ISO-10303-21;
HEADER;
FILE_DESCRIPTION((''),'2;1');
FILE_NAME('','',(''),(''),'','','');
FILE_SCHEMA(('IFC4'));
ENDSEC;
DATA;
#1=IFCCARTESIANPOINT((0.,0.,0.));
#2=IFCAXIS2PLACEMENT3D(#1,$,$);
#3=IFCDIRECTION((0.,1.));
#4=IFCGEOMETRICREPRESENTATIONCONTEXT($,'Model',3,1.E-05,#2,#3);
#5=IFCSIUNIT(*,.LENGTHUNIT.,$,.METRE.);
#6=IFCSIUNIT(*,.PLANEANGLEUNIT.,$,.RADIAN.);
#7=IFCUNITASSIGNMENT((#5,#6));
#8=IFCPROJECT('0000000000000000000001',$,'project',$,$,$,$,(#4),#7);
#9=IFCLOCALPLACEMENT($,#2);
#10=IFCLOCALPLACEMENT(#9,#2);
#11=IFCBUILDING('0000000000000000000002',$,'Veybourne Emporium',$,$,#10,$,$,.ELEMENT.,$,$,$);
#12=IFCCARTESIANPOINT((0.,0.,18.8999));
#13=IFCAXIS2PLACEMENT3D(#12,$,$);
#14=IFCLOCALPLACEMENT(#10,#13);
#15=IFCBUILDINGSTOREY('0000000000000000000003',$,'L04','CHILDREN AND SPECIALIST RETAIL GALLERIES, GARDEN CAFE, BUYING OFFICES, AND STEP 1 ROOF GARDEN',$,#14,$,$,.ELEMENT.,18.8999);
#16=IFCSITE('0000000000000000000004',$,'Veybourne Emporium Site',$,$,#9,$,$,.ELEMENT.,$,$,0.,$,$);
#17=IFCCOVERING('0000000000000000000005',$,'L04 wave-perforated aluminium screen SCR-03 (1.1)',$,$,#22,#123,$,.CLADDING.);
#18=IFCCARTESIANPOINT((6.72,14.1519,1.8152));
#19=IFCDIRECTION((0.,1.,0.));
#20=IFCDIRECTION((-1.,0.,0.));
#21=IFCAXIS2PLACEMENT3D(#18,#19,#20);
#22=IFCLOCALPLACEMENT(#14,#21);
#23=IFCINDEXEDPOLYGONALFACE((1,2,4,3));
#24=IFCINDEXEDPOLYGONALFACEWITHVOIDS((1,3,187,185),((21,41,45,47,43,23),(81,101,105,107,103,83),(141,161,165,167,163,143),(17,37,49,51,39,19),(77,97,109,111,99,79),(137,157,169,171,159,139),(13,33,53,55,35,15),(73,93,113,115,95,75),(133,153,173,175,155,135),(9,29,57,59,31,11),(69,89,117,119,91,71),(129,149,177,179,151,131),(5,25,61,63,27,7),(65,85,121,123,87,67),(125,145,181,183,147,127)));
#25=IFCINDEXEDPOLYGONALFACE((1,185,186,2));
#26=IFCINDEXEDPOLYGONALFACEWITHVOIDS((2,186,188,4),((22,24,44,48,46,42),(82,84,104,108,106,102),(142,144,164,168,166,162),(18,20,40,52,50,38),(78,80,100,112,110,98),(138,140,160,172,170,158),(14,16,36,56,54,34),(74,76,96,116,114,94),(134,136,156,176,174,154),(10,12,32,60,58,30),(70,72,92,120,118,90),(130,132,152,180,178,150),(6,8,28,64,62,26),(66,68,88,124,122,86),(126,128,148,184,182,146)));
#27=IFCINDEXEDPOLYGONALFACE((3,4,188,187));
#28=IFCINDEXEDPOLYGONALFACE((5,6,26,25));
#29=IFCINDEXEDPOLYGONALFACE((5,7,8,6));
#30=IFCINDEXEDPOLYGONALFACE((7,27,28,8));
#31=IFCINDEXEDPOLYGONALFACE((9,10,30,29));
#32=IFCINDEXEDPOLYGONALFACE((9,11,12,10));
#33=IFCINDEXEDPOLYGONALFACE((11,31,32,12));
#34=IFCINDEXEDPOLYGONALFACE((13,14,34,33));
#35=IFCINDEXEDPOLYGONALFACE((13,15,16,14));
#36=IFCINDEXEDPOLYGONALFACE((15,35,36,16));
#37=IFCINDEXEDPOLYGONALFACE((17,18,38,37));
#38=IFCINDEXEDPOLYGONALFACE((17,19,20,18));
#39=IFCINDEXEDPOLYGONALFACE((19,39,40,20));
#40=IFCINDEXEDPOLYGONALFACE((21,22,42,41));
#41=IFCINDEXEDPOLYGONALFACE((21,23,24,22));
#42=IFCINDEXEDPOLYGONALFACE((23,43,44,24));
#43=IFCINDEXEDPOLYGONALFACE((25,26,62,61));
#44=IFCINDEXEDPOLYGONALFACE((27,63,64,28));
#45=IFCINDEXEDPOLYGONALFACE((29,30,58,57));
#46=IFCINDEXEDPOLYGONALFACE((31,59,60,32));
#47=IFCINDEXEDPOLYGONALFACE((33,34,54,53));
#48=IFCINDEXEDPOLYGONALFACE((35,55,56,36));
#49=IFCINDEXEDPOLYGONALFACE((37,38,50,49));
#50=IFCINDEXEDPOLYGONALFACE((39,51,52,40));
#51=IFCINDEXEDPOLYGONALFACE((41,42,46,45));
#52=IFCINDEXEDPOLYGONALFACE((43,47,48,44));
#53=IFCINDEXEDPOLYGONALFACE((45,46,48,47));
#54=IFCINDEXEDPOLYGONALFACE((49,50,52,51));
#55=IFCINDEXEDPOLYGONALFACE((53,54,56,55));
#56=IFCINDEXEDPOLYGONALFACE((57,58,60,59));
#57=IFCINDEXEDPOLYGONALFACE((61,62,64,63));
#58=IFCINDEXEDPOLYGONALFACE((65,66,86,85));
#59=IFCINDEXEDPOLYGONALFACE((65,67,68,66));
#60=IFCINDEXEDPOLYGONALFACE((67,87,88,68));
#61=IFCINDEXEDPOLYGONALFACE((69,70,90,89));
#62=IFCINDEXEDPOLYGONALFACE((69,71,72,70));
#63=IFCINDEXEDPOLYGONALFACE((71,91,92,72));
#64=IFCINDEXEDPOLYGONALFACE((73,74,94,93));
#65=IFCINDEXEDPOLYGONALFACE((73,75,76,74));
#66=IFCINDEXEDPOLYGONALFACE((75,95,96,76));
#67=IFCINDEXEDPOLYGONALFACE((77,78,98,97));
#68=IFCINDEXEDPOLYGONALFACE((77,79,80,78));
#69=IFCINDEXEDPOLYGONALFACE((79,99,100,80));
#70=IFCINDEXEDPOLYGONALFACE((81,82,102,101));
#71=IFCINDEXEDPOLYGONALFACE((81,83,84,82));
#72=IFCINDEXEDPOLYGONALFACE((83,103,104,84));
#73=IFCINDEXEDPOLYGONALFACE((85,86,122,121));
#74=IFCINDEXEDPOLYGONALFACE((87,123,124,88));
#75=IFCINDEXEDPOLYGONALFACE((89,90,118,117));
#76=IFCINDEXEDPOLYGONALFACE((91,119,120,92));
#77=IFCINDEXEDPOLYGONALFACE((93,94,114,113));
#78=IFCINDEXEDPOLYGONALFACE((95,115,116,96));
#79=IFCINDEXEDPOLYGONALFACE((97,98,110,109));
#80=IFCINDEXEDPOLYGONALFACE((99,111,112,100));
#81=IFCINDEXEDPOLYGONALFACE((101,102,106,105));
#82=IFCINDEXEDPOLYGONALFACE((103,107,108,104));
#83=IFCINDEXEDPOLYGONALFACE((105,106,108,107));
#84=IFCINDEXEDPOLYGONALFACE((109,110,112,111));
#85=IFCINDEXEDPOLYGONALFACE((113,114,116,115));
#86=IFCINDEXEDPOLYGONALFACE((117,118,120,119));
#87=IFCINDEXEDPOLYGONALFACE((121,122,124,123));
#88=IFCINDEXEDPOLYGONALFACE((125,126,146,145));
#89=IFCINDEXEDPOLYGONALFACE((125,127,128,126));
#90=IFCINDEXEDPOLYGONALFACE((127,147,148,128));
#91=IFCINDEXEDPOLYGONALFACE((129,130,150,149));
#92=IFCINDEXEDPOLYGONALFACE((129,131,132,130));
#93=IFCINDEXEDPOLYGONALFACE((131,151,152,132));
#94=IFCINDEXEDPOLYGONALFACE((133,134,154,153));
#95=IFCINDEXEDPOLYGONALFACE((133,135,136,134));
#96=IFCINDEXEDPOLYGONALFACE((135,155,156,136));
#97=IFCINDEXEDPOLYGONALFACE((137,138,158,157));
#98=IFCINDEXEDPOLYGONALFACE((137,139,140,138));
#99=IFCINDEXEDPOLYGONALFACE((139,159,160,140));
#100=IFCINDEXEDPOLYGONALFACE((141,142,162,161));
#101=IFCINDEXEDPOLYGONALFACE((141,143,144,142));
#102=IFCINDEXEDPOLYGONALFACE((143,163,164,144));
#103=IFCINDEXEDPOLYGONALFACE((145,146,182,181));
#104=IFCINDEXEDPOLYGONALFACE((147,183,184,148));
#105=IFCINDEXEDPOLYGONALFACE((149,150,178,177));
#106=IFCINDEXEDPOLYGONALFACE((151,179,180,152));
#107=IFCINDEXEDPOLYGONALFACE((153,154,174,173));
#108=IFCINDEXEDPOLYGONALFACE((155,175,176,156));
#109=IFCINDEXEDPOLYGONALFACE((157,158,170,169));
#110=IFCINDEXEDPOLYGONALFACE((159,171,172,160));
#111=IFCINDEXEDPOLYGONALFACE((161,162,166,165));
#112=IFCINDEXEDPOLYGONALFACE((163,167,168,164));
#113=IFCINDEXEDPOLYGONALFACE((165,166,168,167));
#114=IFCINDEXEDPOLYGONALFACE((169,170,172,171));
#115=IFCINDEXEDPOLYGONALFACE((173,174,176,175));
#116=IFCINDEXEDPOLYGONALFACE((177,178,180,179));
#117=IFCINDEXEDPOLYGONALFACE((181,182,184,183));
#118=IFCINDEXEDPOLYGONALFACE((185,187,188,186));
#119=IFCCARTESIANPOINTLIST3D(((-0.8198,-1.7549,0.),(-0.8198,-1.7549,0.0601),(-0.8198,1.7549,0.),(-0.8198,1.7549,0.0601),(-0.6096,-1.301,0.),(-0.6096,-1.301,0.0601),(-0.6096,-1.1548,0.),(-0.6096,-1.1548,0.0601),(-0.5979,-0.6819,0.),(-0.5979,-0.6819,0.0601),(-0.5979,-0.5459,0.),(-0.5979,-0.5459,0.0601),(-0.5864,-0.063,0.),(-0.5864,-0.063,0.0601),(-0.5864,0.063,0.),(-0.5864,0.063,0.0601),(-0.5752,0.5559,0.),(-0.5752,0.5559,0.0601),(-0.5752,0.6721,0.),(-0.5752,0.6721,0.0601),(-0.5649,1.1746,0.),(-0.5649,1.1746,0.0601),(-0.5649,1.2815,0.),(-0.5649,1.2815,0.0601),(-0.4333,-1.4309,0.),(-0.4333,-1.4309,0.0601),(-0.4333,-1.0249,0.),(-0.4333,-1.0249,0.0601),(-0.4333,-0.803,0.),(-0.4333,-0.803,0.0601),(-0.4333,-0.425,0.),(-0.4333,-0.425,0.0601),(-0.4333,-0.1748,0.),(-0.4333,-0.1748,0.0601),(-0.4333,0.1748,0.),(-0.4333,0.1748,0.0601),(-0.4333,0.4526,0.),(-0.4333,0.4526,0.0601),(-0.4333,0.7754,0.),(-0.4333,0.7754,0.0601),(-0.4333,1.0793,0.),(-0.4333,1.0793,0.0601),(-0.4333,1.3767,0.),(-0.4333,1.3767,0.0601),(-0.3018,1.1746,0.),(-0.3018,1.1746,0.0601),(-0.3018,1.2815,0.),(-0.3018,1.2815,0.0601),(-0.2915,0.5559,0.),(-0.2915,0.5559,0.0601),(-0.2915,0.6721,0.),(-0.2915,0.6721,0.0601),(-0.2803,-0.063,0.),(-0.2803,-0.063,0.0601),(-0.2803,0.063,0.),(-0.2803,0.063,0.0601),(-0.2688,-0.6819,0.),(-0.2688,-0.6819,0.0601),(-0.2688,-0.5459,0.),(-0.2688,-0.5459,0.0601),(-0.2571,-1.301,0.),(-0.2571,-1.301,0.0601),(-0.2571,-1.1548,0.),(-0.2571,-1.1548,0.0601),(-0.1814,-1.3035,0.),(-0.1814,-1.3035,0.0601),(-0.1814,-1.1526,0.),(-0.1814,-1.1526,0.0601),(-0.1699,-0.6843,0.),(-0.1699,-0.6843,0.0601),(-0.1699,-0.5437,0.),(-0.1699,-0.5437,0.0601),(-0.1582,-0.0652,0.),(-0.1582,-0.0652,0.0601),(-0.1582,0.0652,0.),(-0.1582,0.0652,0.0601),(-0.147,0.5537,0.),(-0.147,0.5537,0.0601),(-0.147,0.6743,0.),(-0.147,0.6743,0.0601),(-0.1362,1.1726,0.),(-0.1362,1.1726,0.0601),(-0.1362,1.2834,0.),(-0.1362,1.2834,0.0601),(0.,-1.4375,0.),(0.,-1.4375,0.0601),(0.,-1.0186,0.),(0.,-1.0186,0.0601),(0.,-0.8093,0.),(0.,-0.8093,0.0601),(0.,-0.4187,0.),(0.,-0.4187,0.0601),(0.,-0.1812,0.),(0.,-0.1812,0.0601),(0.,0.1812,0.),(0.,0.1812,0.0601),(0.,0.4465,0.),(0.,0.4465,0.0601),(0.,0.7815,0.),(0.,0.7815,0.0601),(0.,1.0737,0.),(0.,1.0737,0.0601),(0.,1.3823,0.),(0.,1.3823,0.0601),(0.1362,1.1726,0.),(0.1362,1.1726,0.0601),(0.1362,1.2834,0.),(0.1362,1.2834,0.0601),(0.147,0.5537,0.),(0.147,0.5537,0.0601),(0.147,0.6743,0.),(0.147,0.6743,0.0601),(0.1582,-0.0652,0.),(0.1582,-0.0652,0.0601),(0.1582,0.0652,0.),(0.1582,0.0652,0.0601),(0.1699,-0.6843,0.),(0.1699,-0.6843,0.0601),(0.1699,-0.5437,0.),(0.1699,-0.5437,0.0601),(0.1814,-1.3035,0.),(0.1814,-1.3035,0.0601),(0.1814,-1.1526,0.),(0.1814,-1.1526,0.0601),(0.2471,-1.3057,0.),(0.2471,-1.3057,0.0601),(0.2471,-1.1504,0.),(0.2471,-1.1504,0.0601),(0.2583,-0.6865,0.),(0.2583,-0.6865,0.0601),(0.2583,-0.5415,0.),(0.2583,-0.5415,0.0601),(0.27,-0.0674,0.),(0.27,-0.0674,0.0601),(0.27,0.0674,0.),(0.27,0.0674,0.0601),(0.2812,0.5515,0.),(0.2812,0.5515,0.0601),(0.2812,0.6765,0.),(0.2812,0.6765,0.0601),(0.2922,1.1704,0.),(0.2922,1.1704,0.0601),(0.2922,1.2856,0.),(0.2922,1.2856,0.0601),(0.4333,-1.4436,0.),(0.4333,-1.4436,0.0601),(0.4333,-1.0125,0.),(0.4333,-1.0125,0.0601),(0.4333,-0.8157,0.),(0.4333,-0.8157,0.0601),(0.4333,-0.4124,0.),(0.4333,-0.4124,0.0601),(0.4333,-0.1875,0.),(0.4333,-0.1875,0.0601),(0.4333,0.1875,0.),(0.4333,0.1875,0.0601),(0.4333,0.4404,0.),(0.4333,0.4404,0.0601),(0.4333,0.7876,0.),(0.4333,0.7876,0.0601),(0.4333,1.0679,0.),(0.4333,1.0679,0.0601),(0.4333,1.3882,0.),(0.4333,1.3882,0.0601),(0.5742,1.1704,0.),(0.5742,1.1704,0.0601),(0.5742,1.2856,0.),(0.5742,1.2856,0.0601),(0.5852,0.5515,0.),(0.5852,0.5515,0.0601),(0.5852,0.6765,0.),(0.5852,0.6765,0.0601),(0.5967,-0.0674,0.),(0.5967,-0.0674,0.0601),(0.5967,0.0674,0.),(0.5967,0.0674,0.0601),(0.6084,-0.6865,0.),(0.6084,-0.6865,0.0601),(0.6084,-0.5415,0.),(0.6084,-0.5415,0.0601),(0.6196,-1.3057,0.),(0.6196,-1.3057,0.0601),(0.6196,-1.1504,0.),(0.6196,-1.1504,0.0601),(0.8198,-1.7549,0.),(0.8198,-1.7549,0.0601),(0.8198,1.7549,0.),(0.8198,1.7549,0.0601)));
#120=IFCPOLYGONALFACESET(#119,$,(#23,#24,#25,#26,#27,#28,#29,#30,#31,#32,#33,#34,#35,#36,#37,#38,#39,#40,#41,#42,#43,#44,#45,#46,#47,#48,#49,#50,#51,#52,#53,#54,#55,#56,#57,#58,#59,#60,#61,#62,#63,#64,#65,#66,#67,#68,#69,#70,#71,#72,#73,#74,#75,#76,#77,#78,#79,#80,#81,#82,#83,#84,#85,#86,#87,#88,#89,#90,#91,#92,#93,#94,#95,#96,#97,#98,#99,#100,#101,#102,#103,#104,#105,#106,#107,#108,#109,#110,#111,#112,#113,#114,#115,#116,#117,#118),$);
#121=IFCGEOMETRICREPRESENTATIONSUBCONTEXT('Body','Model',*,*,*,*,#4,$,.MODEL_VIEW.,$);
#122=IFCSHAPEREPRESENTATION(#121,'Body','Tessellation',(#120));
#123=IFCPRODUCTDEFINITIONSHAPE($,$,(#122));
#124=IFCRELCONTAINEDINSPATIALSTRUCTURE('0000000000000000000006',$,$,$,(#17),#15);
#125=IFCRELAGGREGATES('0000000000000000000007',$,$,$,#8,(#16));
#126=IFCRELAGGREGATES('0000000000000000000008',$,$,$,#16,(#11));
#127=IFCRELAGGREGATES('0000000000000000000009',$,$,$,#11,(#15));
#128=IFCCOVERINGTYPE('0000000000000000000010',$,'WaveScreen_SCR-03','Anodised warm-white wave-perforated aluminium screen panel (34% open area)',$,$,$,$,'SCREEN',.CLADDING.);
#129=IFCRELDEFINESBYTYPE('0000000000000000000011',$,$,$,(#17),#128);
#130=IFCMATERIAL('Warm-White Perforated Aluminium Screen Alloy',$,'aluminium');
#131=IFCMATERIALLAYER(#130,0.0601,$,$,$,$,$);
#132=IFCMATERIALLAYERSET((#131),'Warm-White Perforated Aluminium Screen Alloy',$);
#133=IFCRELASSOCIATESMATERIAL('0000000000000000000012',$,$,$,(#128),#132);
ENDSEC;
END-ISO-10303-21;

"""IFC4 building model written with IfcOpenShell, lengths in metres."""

from ifc_helpers import new_model, si_unit, direction, frame, origin, place, context, subcontext, project, spatial, polyline, outline, extrude, material, layer, layer_set, type_object, element, save


model = new_model("IFC4")

# Units and contexts
model_context = context("Model", 3, precision=1e-05, world=origin(), true_north=direction((0.0, 1.0)))
body_context = subcontext(model_context, "Body", "Model", "MODEL_VIEW")
ifc_project = project(units=[si_unit("LENGTHUNIT", "METRE"), si_unit("PLANEANGLEUNIT", "RADIAN")], contexts=[model_context])

# Site, building, storey
site_placement = place(None, origin())
site = spatial("IfcSite", under=ifc_project, at=site_placement, Name="Veybourne Emporium Site", CompositionType="ELEMENT", RefElevation=0.0)
building_placement = place(site_placement, origin())
building = spatial("IfcBuilding", under=site, at=building_placement, Name="Veybourne Emporium", CompositionType="ELEMENT")
storey_placement = place(building_placement, frame((0.0, 0.0, 18.8999)))
storey = spatial("IfcBuildingStorey", under=building, at=storey_placement, Name="L04", Description="CHILDREN AND SPECIALIST RETAIL GALLERIES, GARDEN CAFE, BUYING OFFICES, AND STEP 1 ROOF GARDEN", CompositionType="ELEMENT", Elevation=18.8999)

# Covering
ifc_material_1 = material(Name="Warm-White Perforated Aluminium Screen Alloy", Category="aluminium")
ifc_layer_1 = layer(ifc_material_1, 0.0601)
ifc_layer_set_1 = layer_set([ifc_layer_1], Name="Warm-White Perforated Aluminium Screen Alloy")
covering_type_1 = type_object("IfcCoveringType", Name="WaveScreen_SCR-03", Description="Anodised warm-white wave-perforated aluminium screen panel (34% open area)", ElementType="SCREEN", PredefinedType="CLADDING", material=ifc_layer_set_1)
covering_1_placement = place(storey_placement, frame((6.72, 14.1519, 1.8152), z_axis=(0.0, 1.0, 0.0), x_axis=(-1.0, 0.0, 0.0)))
element("IfcCovering", 1, at=covering_1_placement, inside=storey, type_object=covering_type_1, Name="L04 wave-perforated aluminium screen SCR-03 (1.1)", PredefinedType="CLADDING", context=body_context, shape_type="SweptSolid", body=[
    extrude(outline(polyline([(-0.8198, -1.7549), (0.8198, -1.7549), (0.8198, 1.7549), (-0.8198, 1.7549), (-0.8198, -1.7549)]), holes=[polyline([(-0.4333, -1.0249), (-0.2571, -1.1548), (-0.2571, -1.301), (-0.4333, -1.4309), (-0.6096, -1.301), (-0.6096, -1.1548), (-0.4333, -1.0249)]), polyline([(-0.4333, -0.425), (-0.2688, -0.5459), (-0.2688, -0.6819), (-0.4333, -0.803), (-0.5979, -0.6819), (-0.5979, -0.5459), (-0.4333, -0.425)]), polyline([(-0.4333, 0.1748), (-0.2803, 0.063), (-0.2803, -0.063), (-0.4333, -0.1748), (-0.5864, -0.063), (-0.5864, 0.063), (-0.4333, 0.1748)]), polyline([(-0.4333, 0.7754), (-0.2915, 0.6721), (-0.2915, 0.5559), (-0.4333, 0.4526), (-0.5752, 0.5559), (-0.5752, 0.6721), (-0.4333, 0.7754)]), polyline([(-0.4333, 1.3767), (-0.3018, 1.2815), (-0.3018, 1.1746), (-0.4333, 1.0793), (-0.5649, 1.1746), (-0.5649, 1.2815), (-0.4333, 1.3767)]), polyline([(0.0, -1.0186), (0.1814, -1.1526), (0.1814, -1.3035), (0.0, -1.4375), (-0.1814, -1.3035), (-0.1814, -1.1526), (0.0, -1.0186)]), polyline([(0.0, -0.4187), (0.1699, -0.5437), (0.1699, -0.6843), (0.0, -0.8093), (-0.1699, -0.6843), (-0.1699, -0.5437), (0.0, -0.4187)]), polyline([(0.0, 0.1812), (0.1582, 0.0652), (0.1582, -0.0652), (0.0, -0.1812), (-0.1582, -0.0652), (-0.1582, 0.0652), (0.0, 0.1812)]), polyline([(0.0, 0.7815), (0.147, 0.6743), (0.147, 0.5537), (0.0, 0.4465), (-0.147, 0.5537), (-0.147, 0.6743), (0.0, 0.7815)]), polyline([(0.0, 1.3823), (0.1362, 1.2834), (0.1362, 1.1726), (0.0, 1.0737), (-0.1362, 1.1726), (-0.1362, 1.2834), (0.0, 1.3823)]), polyline([(0.4333, -1.0125), (0.6196, -1.1504), (0.6196, -1.3057), (0.4333, -1.4436), (0.2471, -1.3057), (0.2471, -1.1504), (0.4333, -1.0125)]), polyline([(0.4333, -0.4124), (0.6084, -0.5415), (0.6084, -0.6865), (0.4333, -0.8157), (0.2583, -0.6865), (0.2583, -0.5415), (0.4333, -0.4124)]), polyline([(0.4333, 0.1875), (0.5967, 0.0674), (0.5967, -0.0674), (0.4333, -0.1875), (0.27, -0.0674), (0.27, 0.0674), (0.4333, 0.1875)]), polyline([(0.4333, 0.7876), (0.5852, 0.6765), (0.5852, 0.5515), (0.4333, 0.4404), (0.2812, 0.5515), (0.2812, 0.6765), (0.4333, 0.7876)]), polyline([(0.4333, 1.3882), (0.5742, 1.2856), (0.5742, 1.1704), (0.4333, 1.0679), (0.2922, 1.1704), (0.2922, 1.2856), (0.4333, 1.3882)])]), origin(), (0.0, 0.0, 1.0), 0.0601),
])

save(model, "model.ifc")
